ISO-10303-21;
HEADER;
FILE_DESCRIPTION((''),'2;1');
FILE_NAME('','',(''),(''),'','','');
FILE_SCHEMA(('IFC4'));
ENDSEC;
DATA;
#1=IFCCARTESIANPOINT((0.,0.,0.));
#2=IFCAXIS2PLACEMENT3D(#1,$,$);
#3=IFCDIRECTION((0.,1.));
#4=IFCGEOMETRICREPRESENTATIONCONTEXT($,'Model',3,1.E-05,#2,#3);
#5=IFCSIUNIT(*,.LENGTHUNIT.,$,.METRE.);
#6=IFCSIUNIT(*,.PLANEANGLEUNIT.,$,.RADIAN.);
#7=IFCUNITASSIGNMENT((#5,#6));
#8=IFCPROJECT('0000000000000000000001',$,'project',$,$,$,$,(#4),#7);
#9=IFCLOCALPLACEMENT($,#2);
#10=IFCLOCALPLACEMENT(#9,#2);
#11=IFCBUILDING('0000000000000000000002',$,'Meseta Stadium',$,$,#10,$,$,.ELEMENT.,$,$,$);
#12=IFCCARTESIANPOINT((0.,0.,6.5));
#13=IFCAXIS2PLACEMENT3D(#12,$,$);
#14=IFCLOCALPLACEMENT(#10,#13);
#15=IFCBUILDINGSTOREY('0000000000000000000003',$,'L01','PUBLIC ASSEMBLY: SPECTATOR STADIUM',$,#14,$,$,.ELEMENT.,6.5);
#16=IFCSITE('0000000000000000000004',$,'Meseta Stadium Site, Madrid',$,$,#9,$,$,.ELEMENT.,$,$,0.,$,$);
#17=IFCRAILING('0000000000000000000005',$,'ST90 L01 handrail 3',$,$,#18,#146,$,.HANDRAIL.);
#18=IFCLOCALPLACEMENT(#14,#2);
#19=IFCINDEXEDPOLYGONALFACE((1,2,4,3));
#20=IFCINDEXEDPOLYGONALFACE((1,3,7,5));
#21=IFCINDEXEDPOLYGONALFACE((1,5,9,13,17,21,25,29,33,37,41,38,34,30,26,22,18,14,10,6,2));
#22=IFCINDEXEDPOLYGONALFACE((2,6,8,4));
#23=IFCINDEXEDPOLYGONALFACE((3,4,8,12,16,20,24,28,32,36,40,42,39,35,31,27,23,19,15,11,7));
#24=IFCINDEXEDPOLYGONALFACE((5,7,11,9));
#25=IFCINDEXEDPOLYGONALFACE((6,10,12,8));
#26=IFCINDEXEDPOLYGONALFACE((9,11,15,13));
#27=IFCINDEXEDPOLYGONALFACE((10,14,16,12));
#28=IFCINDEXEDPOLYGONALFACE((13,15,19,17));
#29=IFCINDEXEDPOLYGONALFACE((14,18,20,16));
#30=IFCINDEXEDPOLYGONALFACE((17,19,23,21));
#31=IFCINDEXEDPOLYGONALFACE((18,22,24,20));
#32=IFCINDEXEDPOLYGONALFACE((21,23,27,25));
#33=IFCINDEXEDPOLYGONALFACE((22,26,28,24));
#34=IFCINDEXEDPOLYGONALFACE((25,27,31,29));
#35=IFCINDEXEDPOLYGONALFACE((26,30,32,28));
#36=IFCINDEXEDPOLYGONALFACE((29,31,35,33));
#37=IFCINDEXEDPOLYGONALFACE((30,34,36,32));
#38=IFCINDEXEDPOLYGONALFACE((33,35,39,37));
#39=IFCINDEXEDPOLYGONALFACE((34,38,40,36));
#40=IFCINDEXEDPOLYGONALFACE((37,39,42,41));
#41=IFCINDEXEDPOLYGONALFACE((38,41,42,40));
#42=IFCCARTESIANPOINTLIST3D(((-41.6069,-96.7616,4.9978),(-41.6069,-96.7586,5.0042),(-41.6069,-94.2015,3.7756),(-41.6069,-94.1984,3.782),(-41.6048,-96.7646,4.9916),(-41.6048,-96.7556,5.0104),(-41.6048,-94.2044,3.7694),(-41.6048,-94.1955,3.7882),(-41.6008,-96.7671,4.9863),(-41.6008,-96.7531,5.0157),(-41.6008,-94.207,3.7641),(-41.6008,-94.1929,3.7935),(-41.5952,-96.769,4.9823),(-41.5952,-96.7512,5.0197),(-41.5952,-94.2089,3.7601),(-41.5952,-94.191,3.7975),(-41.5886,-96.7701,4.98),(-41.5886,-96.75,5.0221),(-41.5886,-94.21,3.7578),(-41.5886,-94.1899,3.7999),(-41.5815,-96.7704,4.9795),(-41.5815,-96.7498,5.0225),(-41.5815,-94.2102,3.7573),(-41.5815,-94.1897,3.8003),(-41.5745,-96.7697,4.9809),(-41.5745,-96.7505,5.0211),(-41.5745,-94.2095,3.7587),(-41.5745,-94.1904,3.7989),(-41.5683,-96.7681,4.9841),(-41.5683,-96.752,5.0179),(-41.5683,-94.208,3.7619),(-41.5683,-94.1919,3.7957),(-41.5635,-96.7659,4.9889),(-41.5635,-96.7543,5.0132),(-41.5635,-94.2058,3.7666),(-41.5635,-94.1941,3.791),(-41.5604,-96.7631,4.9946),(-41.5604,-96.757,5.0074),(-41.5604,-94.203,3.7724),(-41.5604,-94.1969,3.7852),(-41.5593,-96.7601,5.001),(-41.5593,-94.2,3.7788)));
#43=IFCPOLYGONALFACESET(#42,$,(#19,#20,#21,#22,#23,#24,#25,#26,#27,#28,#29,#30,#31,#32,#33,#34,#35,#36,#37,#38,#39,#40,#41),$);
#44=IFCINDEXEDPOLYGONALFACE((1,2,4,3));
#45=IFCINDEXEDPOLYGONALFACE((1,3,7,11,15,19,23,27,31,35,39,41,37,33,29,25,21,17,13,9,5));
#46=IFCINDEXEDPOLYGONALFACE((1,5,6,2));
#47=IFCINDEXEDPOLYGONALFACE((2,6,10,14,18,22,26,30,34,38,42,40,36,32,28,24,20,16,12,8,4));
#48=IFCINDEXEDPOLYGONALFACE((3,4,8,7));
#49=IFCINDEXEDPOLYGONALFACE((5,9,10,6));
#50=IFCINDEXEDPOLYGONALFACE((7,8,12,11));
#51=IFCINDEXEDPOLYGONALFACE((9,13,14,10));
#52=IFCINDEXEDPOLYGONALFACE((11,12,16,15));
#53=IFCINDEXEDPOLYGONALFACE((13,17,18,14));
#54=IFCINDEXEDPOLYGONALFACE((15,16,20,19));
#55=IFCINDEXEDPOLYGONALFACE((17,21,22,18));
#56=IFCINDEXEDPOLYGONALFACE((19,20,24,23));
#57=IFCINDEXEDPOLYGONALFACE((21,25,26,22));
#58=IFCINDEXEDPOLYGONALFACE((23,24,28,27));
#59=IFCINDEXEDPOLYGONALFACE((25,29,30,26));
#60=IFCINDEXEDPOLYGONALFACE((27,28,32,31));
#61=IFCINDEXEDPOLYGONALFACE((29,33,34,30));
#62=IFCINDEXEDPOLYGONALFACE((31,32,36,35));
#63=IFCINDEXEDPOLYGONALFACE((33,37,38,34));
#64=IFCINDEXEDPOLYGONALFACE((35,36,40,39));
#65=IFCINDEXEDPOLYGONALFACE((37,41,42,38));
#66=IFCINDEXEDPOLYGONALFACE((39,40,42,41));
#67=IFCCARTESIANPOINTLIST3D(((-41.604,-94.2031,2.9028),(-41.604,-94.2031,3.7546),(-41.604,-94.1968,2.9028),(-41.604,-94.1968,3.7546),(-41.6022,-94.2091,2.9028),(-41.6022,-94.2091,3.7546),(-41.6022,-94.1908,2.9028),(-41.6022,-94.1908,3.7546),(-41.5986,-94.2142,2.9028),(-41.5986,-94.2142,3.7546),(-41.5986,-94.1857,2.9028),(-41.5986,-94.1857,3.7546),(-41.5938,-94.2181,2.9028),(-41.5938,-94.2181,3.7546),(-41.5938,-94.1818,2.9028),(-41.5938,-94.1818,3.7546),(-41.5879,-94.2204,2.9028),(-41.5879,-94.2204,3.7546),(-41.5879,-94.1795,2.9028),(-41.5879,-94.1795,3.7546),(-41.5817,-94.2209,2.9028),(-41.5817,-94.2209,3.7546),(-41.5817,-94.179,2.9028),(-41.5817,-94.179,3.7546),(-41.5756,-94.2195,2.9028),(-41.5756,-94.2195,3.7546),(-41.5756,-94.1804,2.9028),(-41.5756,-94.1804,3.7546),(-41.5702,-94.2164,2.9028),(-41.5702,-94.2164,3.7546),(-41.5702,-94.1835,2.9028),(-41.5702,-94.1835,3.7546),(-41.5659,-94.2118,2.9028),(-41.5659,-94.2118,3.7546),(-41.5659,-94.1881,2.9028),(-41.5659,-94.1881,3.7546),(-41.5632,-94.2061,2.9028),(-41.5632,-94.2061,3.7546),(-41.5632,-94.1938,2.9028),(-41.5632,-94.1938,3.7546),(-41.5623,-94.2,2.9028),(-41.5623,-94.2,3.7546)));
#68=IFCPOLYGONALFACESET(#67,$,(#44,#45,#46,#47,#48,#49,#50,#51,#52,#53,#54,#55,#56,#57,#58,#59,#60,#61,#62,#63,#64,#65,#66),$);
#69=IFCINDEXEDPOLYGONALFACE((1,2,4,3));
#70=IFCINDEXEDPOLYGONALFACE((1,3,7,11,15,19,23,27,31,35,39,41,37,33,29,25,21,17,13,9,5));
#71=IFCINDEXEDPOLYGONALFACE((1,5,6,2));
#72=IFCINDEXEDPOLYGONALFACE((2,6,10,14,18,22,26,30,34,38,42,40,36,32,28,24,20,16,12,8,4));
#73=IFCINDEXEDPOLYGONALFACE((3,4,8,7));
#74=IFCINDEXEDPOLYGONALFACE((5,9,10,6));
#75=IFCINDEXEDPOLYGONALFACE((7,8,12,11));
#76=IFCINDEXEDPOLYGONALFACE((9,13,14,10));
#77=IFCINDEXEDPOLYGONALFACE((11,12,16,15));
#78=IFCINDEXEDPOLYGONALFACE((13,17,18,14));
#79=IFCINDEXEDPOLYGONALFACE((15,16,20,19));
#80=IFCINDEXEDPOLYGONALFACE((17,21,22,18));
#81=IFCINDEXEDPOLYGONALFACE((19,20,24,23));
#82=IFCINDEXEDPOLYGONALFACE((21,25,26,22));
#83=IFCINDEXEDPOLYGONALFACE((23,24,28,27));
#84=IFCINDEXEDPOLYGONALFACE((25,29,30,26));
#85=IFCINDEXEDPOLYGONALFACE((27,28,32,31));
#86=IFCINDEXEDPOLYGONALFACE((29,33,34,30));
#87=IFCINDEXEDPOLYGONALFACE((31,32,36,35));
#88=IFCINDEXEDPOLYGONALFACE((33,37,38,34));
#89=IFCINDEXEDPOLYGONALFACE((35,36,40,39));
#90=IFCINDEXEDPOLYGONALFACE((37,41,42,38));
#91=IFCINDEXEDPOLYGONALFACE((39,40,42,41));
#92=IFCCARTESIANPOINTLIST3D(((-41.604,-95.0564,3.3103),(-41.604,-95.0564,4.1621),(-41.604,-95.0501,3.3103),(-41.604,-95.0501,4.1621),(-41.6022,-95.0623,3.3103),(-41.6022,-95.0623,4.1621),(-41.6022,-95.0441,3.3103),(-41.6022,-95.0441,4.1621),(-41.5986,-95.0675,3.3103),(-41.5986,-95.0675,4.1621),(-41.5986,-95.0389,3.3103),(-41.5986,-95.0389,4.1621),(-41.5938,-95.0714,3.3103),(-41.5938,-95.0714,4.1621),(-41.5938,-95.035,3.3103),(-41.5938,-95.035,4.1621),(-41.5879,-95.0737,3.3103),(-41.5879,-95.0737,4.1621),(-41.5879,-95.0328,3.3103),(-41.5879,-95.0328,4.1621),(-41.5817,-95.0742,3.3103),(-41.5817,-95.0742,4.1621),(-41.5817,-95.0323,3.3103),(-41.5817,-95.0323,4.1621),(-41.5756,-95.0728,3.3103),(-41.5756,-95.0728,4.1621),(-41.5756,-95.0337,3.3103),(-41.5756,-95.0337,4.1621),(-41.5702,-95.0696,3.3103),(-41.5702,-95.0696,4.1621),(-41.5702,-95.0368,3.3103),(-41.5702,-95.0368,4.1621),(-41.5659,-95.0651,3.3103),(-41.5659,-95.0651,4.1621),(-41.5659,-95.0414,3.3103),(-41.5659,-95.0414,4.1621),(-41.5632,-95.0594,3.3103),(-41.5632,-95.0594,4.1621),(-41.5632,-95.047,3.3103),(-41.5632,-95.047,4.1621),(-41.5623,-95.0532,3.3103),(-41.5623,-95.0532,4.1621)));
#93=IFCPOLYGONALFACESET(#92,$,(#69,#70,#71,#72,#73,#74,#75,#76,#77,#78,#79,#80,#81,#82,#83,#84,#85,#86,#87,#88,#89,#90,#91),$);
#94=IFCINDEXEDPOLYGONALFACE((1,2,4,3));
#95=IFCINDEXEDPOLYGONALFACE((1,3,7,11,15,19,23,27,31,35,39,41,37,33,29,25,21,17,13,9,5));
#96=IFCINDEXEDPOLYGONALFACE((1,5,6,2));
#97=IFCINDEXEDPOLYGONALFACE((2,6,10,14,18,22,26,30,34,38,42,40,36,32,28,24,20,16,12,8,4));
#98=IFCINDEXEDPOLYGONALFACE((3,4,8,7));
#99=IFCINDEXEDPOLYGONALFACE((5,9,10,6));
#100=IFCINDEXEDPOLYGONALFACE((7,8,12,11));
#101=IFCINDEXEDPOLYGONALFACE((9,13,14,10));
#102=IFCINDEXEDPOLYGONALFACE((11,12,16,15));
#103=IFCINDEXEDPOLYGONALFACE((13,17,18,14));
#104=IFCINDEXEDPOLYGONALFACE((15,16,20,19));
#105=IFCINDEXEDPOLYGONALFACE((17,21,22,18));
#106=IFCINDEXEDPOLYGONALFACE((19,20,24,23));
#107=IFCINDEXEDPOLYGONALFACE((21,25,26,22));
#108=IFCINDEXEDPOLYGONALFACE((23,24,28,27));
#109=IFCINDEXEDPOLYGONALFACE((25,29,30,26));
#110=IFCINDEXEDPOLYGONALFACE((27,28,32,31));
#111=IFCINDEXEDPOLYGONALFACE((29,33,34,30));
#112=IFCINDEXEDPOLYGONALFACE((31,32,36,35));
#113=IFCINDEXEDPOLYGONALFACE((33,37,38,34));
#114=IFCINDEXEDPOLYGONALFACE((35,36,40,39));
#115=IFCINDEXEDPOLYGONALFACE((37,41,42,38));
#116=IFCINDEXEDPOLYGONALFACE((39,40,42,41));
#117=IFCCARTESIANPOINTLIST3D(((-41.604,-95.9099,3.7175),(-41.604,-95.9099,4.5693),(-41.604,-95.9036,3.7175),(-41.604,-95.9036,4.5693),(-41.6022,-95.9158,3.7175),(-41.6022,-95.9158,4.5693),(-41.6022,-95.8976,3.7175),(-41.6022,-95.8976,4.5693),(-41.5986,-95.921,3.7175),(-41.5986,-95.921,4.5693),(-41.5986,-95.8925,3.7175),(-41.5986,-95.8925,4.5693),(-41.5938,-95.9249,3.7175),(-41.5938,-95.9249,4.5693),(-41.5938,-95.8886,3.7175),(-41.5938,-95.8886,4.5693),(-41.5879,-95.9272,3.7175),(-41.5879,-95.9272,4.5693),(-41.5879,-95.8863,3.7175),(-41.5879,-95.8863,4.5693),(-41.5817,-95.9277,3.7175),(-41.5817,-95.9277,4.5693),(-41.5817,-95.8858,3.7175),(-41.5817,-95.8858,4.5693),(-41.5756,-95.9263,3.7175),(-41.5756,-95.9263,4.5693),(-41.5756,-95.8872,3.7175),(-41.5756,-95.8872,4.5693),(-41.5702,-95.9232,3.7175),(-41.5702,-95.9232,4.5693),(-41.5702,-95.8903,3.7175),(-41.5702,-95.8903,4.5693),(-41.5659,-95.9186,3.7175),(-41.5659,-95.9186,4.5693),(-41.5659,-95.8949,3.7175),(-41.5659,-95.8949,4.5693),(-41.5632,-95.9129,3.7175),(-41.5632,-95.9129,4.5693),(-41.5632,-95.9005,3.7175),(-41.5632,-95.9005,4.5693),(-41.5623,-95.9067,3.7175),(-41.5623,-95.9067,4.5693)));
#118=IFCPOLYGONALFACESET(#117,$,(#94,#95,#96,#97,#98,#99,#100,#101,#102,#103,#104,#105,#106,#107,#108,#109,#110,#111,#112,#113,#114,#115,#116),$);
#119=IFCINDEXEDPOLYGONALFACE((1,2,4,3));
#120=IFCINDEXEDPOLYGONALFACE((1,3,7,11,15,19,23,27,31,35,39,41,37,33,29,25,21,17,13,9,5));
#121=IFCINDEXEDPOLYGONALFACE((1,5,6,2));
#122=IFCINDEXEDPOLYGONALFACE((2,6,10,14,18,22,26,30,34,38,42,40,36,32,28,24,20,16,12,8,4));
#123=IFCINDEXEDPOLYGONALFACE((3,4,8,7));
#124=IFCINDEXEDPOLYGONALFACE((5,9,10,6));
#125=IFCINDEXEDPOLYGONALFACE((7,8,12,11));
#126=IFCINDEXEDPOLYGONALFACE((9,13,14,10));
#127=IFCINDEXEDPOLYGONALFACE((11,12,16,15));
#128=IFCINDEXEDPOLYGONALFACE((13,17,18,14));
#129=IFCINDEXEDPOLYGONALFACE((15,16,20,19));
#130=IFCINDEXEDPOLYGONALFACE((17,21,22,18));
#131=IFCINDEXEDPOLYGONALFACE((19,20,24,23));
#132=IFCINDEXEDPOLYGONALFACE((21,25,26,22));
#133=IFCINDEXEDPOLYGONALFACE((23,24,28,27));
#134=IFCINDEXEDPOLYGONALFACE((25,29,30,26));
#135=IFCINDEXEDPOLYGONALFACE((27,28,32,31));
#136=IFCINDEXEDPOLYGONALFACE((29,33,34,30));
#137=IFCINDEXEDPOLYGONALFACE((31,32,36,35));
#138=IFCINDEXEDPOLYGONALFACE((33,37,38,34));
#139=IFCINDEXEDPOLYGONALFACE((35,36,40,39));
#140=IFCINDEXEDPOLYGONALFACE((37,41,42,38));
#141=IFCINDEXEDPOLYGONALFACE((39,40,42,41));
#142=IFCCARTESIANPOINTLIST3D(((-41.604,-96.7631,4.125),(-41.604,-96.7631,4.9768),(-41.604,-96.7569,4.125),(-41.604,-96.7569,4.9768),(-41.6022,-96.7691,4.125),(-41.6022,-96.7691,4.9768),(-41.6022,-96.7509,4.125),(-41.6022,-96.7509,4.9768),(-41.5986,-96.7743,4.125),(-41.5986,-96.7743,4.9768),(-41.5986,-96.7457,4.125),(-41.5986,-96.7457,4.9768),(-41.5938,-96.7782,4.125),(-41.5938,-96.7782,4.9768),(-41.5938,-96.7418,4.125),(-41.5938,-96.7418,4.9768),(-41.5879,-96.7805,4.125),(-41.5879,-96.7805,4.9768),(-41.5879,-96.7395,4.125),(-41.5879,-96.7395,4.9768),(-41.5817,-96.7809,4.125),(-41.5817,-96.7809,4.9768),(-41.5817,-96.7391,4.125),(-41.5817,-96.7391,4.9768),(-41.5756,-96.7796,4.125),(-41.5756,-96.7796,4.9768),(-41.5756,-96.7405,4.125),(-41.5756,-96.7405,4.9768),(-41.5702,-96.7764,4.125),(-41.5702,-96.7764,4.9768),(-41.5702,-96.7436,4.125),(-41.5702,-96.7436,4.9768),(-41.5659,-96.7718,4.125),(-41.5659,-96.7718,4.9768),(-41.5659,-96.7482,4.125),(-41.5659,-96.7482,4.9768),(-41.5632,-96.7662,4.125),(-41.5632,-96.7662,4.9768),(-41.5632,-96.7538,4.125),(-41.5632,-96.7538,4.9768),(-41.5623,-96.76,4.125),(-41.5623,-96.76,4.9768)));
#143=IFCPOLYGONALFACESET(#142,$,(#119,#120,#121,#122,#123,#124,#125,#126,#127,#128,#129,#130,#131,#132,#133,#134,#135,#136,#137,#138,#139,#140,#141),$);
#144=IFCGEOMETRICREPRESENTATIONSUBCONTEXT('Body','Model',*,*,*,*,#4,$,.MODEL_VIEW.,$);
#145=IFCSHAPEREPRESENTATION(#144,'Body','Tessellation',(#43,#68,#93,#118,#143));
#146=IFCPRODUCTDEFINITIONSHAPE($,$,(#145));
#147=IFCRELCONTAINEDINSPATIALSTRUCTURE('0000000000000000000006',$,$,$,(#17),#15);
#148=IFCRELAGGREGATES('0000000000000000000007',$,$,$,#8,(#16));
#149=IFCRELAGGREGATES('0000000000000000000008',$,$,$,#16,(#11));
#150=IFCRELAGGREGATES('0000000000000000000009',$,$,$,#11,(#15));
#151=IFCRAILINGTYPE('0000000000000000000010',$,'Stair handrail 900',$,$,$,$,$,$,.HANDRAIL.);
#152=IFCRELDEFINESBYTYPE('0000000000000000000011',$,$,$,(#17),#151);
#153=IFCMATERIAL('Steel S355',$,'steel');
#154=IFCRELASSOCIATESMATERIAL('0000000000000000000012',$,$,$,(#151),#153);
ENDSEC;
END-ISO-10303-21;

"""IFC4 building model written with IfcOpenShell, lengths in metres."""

from ifc_helpers import new_model, si_unit, direction, frame, origin, origin_2d, place, context, subcontext, project, spatial, circle, extrude, material, type_object, element, save


model = new_model("IFC4")

# Units and contexts
model_context = context("Model", 3, precision=1e-05, world=origin(), true_north=direction((0.0, 1.0)))
body_context = subcontext(model_context, "Body", "Model", "MODEL_VIEW")
ifc_project = project(units=[si_unit("LENGTHUNIT", "METRE"), si_unit("PLANEANGLEUNIT", "RADIAN")], contexts=[model_context])

# Site, building, storey
site_placement = place(None, origin())
site = spatial("IfcSite", under=ifc_project, at=site_placement, Name="Meseta Stadium Site, Madrid", CompositionType="ELEMENT", RefElevation=0.0)
building_placement = place(site_placement, origin())
building = spatial("IfcBuilding", under=site, at=building_placement, Name="Meseta Stadium", CompositionType="ELEMENT")
storey_placement = place(building_placement, frame((0.0, 0.0, 6.5)))
storey = spatial("IfcBuildingStorey", under=building, at=storey_placement, Name="L01", Description="PUBLIC ASSEMBLY: SPECTATOR STADIUM", CompositionType="ELEMENT", Elevation=6.5)

# Railing
ifc_material_1 = material(Name="Steel S355", Category="steel")
railing_type_1 = type_object("IfcRailingType", Name="Stair handrail 900", PredefinedType="HANDRAIL", material=ifc_material_1)
railing_1_placement = place(storey_placement, frame((-41.5833, -94.2, 2.9028)))
element("IfcRailing", 1, at=railing_1_placement, inside=storey, type_object=railing_type_1, Name="ST90 L01 handrail 3", PredefinedType="HANDRAIL", context=body_context, shape_type="SweptSolid", body=[
    extrude(circle(Radius=0.0239, at=origin_2d()), frame((0.0, 0.0, 0.876), z_axis=(0.0, -0.902437, 0.430822), x_axis=(1.0, 0.0, 0.0)), (0.0, 0.0, 1.0), 2.8369),
    extrude(circle(Radius=0.021, at=origin_2d()), origin(), (0.0, 0.0, 1.0), 0.8518),
    extrude(circle(Radius=0.021, at=origin_2d()), frame((0.0, -0.8533, 0.4075)), (0.0, 0.0, 1.0), 0.8518),
    extrude(circle(Radius=0.021, at=origin_2d()), frame((0.0, -1.7068, 0.8147)), (0.0, 0.0, 1.0), 0.8518),
    extrude(circle(Radius=0.021, at=origin_2d()), frame((0.0, -2.5601, 1.2222)), (0.0, 0.0, 1.0), 0.8518),
])

save(model, "model.ifc")
